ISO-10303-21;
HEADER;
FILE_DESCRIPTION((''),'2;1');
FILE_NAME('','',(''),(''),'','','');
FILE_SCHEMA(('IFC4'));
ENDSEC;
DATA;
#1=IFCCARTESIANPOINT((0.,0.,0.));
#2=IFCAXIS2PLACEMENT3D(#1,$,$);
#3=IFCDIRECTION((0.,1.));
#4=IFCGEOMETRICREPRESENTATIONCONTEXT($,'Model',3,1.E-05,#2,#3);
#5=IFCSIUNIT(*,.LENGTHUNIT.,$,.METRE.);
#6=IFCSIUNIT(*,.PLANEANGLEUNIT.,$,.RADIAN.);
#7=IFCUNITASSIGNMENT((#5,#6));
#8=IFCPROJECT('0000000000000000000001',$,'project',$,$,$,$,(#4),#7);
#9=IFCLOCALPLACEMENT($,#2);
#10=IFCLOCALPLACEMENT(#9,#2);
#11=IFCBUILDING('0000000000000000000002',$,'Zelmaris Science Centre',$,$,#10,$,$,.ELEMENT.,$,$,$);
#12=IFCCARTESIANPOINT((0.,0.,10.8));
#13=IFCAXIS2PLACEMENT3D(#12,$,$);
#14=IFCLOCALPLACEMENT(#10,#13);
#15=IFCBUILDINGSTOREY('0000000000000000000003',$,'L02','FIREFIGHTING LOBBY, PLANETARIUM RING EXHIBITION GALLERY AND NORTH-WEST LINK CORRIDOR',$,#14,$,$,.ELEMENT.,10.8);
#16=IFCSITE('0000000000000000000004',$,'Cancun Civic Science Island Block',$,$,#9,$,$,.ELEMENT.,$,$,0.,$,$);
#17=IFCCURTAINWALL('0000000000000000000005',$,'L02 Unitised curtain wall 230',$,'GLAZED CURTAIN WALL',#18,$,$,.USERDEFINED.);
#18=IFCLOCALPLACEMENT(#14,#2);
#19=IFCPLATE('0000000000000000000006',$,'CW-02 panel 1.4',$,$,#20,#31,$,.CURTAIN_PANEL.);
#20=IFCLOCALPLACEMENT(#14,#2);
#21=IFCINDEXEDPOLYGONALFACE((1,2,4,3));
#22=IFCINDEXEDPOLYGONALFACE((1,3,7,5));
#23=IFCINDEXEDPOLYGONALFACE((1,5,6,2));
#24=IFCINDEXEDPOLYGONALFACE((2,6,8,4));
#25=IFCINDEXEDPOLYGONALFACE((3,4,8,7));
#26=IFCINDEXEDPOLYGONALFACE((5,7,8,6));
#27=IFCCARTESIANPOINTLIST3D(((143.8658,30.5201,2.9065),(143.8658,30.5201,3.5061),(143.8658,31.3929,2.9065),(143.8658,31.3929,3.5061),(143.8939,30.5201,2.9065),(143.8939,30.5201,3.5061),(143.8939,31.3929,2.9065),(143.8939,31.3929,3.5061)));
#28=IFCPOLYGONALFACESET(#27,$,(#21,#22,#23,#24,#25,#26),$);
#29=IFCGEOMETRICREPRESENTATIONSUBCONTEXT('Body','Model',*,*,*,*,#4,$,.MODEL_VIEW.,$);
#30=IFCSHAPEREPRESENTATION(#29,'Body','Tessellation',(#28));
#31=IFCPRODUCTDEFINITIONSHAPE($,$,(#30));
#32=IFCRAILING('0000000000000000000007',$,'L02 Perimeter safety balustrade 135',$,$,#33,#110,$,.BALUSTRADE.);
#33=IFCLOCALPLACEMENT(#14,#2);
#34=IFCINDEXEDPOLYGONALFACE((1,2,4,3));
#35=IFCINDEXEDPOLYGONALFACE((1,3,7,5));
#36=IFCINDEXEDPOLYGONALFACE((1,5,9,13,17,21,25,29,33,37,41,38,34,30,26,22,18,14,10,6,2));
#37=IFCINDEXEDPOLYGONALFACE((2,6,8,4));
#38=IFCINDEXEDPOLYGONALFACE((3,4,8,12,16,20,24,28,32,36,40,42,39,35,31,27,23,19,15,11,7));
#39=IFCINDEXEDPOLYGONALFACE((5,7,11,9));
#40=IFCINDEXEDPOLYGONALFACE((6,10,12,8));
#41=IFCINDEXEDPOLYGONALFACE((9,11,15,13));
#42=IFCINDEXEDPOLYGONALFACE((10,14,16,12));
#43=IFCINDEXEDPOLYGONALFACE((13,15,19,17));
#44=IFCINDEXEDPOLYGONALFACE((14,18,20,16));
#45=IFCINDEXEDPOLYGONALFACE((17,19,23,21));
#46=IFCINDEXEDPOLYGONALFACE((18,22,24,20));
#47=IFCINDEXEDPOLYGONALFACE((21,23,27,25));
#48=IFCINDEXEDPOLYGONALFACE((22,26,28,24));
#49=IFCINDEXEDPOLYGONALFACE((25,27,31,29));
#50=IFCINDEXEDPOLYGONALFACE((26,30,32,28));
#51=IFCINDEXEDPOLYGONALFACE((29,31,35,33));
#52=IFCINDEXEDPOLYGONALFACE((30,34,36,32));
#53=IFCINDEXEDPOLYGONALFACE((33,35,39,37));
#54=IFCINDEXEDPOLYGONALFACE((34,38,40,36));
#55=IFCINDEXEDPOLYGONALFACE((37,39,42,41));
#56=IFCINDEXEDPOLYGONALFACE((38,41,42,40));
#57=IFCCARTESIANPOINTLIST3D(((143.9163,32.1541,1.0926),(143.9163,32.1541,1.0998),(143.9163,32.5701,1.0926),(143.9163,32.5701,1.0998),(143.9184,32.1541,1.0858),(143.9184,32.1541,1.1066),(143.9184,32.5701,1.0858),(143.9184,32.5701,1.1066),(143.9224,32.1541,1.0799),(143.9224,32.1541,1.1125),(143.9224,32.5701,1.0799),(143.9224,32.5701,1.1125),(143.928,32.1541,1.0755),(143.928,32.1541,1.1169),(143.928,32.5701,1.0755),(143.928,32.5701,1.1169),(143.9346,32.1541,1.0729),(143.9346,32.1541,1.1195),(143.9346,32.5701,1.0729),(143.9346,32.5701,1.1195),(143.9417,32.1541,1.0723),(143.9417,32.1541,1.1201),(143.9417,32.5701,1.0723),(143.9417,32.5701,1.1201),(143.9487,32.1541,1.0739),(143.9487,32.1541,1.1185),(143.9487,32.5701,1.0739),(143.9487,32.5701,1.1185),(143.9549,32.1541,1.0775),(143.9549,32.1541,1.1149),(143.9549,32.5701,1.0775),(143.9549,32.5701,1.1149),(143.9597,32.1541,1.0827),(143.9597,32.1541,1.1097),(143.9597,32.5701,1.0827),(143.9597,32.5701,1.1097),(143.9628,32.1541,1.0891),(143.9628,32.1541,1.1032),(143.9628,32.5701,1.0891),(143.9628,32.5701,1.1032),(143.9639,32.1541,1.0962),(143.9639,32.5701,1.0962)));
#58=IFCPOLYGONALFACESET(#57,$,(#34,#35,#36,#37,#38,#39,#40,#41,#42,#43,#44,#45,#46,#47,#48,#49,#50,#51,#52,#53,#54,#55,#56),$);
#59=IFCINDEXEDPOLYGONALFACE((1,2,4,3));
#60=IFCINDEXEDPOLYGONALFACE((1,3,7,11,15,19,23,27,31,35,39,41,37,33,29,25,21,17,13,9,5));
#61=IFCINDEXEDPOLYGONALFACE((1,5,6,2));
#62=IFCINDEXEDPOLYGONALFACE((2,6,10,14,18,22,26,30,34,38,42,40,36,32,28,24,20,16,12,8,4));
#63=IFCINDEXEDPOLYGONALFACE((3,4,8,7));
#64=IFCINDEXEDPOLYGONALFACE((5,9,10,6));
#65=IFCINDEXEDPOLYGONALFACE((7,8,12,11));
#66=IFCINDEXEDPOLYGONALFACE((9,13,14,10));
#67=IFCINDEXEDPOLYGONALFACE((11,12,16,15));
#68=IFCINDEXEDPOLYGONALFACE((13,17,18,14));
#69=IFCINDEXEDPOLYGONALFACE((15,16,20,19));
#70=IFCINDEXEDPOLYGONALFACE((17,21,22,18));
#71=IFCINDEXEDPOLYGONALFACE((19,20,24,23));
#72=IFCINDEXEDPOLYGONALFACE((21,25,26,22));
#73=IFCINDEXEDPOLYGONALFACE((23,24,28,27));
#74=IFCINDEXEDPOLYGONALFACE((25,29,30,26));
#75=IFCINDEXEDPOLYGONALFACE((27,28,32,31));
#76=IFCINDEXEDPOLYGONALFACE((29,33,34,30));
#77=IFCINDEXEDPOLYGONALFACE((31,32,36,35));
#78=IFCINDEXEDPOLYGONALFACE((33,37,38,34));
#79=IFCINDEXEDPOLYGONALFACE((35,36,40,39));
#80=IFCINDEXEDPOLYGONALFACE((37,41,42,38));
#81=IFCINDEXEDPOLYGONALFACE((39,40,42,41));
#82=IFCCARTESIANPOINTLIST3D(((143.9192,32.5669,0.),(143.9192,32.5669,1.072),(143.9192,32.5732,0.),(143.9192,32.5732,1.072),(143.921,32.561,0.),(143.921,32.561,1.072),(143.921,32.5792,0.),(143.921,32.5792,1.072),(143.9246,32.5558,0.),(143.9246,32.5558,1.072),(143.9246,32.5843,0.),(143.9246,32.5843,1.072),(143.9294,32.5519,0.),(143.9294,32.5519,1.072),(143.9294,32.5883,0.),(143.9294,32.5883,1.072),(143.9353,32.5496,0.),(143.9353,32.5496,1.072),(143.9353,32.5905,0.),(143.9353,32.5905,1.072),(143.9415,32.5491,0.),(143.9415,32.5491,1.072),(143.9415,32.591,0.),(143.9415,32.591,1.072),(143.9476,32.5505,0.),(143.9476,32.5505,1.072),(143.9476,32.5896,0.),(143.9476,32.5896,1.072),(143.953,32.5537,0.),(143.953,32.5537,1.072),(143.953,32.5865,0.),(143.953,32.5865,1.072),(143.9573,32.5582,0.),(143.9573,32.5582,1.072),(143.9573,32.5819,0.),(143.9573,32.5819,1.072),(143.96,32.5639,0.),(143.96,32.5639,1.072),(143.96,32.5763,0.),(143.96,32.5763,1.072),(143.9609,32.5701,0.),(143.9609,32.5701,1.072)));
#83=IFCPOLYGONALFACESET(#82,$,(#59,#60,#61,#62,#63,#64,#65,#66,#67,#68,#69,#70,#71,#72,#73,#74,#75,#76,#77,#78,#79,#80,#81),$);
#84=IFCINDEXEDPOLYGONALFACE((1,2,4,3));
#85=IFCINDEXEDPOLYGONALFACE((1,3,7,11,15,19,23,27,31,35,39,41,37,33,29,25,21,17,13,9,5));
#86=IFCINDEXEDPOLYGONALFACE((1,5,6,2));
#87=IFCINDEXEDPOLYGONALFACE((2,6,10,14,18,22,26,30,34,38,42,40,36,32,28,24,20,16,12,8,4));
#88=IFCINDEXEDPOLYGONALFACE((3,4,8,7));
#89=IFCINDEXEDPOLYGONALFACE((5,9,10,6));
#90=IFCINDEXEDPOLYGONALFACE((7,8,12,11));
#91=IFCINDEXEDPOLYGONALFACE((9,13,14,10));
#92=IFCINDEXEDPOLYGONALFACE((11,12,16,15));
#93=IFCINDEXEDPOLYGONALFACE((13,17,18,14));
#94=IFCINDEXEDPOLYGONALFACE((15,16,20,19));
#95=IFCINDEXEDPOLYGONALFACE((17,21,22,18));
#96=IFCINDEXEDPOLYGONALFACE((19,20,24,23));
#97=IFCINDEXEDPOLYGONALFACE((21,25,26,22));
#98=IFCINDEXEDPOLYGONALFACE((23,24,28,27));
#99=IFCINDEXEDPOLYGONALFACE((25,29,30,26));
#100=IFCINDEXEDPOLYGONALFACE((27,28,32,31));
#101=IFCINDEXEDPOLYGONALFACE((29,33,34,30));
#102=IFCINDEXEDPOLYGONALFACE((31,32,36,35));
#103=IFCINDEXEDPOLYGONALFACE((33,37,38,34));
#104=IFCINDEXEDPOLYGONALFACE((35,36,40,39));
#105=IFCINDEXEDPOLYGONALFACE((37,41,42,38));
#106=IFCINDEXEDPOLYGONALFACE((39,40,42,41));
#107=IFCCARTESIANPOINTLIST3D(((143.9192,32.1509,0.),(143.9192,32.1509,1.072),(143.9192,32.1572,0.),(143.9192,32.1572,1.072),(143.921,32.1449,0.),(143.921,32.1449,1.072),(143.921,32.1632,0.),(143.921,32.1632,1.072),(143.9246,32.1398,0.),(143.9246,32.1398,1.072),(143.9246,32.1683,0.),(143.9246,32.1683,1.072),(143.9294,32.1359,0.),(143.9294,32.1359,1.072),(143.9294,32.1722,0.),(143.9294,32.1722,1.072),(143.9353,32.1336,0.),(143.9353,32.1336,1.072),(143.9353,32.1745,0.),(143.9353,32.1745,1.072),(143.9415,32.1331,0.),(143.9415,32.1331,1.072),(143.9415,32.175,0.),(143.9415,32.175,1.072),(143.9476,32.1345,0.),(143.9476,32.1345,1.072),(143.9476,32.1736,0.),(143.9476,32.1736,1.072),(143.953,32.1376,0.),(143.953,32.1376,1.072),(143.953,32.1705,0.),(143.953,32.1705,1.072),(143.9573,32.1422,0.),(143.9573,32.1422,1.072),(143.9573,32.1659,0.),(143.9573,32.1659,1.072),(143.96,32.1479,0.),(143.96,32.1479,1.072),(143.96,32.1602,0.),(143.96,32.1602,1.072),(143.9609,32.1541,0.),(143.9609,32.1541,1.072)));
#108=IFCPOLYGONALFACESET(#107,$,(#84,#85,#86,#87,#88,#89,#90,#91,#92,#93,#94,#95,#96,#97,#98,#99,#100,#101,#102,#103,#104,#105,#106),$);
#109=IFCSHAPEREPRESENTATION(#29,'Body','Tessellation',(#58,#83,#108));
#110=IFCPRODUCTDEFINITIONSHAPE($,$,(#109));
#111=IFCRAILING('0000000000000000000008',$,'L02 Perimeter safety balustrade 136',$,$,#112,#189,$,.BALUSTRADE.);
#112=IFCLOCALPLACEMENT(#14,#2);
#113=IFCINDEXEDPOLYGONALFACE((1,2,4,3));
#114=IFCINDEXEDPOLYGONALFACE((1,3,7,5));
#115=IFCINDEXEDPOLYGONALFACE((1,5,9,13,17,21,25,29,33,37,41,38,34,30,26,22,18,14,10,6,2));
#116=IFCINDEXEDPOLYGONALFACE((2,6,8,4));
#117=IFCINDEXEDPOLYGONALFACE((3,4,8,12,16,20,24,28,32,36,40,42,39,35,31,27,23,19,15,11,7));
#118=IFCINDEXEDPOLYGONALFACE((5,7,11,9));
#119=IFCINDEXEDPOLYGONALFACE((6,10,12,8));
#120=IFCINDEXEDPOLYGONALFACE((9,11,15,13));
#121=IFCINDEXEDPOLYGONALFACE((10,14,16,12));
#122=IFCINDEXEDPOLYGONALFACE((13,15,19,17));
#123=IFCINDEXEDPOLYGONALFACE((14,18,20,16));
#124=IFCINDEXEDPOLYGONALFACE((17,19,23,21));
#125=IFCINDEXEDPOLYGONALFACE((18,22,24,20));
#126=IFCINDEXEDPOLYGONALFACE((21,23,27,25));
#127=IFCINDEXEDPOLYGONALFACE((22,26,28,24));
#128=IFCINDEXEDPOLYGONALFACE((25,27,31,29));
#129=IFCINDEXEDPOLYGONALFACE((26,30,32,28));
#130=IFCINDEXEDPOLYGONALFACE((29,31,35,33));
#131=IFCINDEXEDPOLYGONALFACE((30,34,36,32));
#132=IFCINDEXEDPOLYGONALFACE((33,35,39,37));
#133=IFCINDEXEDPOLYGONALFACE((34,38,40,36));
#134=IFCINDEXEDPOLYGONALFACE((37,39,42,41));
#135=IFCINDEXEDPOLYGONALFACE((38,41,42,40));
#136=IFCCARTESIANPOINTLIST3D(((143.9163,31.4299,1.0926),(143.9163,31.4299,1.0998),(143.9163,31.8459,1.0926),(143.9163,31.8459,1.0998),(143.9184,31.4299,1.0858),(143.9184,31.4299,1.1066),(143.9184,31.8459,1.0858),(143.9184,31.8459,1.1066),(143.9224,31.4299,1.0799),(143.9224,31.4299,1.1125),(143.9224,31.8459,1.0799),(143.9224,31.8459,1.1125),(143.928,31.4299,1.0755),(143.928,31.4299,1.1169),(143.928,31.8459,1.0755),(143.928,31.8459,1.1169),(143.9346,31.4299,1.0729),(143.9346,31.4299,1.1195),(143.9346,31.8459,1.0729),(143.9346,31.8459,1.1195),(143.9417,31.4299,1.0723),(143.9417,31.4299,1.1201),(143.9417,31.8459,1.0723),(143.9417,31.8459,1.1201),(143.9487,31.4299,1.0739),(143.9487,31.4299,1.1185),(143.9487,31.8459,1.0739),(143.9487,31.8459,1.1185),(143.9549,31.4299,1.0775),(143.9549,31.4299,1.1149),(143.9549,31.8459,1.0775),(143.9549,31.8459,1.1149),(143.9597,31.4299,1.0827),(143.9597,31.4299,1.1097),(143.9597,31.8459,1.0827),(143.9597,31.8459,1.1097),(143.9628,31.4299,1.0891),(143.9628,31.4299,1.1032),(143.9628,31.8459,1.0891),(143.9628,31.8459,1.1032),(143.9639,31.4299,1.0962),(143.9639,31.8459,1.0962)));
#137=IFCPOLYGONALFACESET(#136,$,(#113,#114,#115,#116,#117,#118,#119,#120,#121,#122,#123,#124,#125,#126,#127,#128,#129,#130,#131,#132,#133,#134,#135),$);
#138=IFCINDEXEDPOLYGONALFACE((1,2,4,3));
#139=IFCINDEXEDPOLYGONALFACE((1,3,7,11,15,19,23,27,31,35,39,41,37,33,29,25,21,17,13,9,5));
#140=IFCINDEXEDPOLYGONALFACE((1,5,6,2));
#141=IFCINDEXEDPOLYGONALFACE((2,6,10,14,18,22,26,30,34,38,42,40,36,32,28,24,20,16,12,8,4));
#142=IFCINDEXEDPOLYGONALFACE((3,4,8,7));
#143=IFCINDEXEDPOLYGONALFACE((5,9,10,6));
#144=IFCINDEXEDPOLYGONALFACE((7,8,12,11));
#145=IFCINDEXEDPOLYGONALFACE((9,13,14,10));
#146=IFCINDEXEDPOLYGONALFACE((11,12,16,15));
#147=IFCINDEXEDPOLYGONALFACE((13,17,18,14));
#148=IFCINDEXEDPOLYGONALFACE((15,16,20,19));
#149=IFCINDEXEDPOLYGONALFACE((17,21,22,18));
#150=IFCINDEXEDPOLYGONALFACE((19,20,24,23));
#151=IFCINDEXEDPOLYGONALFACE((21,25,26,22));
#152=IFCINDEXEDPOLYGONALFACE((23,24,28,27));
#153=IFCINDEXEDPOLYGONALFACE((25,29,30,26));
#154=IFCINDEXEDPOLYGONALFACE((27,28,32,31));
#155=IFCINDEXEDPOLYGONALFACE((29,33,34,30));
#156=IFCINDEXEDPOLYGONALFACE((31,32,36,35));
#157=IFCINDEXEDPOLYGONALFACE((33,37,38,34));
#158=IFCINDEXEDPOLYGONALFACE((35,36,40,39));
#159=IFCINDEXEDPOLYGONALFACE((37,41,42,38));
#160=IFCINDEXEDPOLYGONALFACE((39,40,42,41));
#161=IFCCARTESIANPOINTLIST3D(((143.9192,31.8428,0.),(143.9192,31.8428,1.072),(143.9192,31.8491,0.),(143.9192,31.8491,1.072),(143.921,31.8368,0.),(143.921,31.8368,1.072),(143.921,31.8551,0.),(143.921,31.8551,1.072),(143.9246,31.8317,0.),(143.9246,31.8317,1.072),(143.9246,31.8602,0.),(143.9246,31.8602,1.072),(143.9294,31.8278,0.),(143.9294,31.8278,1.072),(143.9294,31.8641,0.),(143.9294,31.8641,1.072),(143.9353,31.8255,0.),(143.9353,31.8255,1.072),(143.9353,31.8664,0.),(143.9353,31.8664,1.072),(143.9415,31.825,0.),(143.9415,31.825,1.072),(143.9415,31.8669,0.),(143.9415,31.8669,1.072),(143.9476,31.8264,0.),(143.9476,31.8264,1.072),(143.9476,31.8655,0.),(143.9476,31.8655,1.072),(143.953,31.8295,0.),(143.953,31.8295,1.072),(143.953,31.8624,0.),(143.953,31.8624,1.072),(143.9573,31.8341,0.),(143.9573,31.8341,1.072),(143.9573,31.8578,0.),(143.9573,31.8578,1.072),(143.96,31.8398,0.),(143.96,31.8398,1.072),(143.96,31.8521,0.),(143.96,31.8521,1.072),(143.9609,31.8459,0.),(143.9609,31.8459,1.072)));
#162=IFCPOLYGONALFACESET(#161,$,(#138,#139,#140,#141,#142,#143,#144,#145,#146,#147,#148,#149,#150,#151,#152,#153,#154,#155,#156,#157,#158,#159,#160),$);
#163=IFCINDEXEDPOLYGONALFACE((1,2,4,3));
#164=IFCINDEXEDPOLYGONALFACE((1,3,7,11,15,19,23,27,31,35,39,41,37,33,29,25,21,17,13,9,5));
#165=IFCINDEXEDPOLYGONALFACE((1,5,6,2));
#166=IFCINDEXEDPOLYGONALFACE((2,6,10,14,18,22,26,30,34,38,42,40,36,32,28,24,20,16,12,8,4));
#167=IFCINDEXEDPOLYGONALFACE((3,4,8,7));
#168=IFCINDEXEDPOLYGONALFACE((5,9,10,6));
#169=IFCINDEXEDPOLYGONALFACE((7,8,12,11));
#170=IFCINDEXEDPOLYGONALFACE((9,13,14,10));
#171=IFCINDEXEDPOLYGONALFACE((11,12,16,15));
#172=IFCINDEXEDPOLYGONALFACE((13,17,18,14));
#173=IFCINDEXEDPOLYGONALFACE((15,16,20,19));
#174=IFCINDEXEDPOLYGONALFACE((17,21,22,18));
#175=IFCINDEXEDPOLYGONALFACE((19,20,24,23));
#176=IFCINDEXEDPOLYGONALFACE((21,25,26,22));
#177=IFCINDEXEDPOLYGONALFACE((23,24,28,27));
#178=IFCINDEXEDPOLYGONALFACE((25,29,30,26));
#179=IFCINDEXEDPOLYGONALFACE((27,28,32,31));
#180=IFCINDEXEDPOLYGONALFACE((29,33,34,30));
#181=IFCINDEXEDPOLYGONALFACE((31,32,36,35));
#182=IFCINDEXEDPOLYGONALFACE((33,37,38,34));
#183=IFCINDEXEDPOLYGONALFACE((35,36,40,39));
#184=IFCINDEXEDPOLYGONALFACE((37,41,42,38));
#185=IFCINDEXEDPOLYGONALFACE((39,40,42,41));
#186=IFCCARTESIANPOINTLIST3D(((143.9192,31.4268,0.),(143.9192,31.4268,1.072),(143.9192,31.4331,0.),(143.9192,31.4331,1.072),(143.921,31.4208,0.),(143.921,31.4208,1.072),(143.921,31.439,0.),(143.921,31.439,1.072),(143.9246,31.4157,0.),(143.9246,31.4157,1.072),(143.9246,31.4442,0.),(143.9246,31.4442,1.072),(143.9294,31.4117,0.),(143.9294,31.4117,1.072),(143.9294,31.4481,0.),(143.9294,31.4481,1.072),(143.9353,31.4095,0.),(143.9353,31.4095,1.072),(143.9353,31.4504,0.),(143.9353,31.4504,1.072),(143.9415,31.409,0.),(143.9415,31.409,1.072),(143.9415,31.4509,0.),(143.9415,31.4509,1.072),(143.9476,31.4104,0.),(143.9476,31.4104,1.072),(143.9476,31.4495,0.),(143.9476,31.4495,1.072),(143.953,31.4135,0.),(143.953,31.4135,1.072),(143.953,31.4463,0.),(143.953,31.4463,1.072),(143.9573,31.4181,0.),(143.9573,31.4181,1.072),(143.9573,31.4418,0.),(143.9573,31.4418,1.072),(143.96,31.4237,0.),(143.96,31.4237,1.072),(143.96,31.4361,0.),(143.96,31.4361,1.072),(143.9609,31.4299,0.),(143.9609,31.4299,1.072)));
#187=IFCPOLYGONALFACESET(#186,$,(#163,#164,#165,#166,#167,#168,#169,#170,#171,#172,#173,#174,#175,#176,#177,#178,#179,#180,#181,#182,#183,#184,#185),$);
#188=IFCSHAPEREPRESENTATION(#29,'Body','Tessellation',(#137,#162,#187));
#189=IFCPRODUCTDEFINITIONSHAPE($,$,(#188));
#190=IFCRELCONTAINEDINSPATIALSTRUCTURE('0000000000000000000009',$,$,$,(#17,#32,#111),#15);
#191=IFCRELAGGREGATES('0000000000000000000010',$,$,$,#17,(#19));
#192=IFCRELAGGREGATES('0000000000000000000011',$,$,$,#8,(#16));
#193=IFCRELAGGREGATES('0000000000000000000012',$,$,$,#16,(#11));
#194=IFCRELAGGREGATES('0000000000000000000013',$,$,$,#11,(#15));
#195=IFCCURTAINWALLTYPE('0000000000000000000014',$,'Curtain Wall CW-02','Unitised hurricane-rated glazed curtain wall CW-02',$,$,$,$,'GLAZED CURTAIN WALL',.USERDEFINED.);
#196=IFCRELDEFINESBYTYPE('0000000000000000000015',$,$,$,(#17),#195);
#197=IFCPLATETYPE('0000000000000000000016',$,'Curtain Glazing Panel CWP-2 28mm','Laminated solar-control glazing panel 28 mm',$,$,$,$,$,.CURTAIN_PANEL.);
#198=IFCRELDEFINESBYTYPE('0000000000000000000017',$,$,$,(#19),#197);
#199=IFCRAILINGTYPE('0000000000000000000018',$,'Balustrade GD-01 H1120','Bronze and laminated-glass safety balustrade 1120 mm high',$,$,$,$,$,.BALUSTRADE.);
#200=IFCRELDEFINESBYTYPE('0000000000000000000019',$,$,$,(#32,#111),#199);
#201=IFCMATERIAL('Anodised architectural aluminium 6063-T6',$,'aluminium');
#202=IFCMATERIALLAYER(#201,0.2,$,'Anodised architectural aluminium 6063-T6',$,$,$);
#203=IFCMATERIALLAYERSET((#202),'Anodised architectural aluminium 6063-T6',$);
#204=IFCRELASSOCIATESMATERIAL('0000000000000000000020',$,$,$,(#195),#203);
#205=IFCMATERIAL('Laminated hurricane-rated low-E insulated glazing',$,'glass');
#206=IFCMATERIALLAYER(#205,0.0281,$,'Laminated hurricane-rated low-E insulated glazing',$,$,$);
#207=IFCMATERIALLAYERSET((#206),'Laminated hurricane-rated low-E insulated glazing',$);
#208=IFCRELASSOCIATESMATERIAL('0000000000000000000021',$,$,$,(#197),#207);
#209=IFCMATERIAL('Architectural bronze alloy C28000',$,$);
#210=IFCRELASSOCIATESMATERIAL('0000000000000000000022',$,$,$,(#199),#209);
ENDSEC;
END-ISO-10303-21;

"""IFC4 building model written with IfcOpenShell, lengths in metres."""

from ifc_helpers import new_model, si_unit, direction, frame, origin, origin_2d, place, context, subcontext, project, spatial, rectangle, circle, extrude, material, layer, layer_set, type_object, element, aggregate, save


model = new_model("IFC4")

# Units and contexts
model_context = context("Model", 3, precision=1e-05, world=origin(), true_north=direction((0.0, 1.0)))
body_context = subcontext(model_context, "Body", "Model", "MODEL_VIEW")
ifc_project = project(units=[si_unit("LENGTHUNIT", "METRE"), si_unit("PLANEANGLEUNIT", "RADIAN")], contexts=[model_context])

# Site, building, storey
site_placement = place(None, origin())
site = spatial("IfcSite", under=ifc_project, at=site_placement, Name="Cancun Civic Science Island Block", CompositionType="ELEMENT", RefElevation=0.0)
building_placement = place(site_placement, origin())
building = spatial("IfcBuilding", under=site, at=building_placement, Name="Zelmaris Science Centre", CompositionType="ELEMENT")
storey_placement = place(building_placement, frame((0.0, 0.0, 10.8)))
storey = spatial("IfcBuildingStorey", under=building, at=storey_placement, Name="L02", Description="FIREFIGHTING LOBBY, PLANETARIUM RING EXHIBITION GALLERY AND NORTH-WEST LINK CORRIDOR", CompositionType="ELEMENT", Elevation=10.8)

# Curtain wall
ifc_material_1 = material(Name="Anodised architectural aluminium 6063-T6", Category="aluminium")
ifc_layer_1 = layer(ifc_material_1, 0.2, Name="Anodised architectural aluminium 6063-T6")
ifc_layer_set_1 = layer_set([ifc_layer_1], Name="Anodised architectural aluminium 6063-T6")
curtain_wall_type_1 = type_object("IfcCurtainWallType", Name="Curtain Wall CW-02", Description="Unitised hurricane-rated glazed curtain wall CW-02", ElementType="GLAZED CURTAIN WALL", PredefinedType="USERDEFINED", material=ifc_layer_set_1)
curtain_wall_1_placement = place(storey_placement, origin())
curtain_wall_1 = element("IfcCurtainWall", 1, at=curtain_wall_1_placement, inside=storey, type_object=curtain_wall_type_1, Name="L02 Unitised curtain wall 230", ObjectType="GLAZED CURTAIN WALL", PredefinedType="USERDEFINED")

# Plate
ifc_material_2 = material(Name="Laminated hurricane-rated low-E insulated glazing", Category="glass")
ifc_layer_2 = layer(ifc_material_2, 0.0281, Name="Laminated hurricane-rated low-E insulated glazing")
ifc_layer_set_2 = layer_set([ifc_layer_2], Name="Laminated hurricane-rated low-E insulated glazing")
plate_type_1 = type_object("IfcPlateType", Name="Curtain Glazing Panel CWP-2 28mm", Description="Laminated solar-control glazing panel 28 mm", PredefinedType="CURTAIN_PANEL", material=ifc_layer_set_2)
plate_1_placement = place(storey_placement, frame((143.8799, 30.9565, 2.9065), z_axis=(0.0, 0.0, 1.0), x_axis=(0.0, -1.0, 0.0)))
plate_1 = element("IfcPlate", 2, at=plate_1_placement, type_object=plate_type_1, Name="CW-02 panel 1.4", PredefinedType="CURTAIN_PANEL", context=body_context, shape_type="SweptSolid", body=[
    extrude(rectangle(XDim=0.8728, YDim=0.0281, at=origin_2d()), origin(), (0.0, 0.0, 1.0), 0.5996),
])
aggregate(curtain_wall_1, [plate_1])

# Railings
ifc_material_3 = material(Name="Architectural bronze alloy C28000")
railing_type = type_object("IfcRailingType", Name="Balustrade GD-01 H1120", Description="Bronze and laminated-glass safety balustrade 1120 mm high", PredefinedType="BALUSTRADE", material=ifc_material_3)
for number, where, name in (
    (3, (143.9399, 32.5701, 0.0), "L02 Perimeter safety balustrade 135"),
    (4, (143.9399, 31.8459, 0.0), "L02 Perimeter safety balustrade 136"),
):
    element("IfcRailing", number, at=place(storey_placement, frame(where)), inside=storey, type_object=railing_type, Name=name, PredefinedType="BALUSTRADE", context=body_context, shape_type="SweptSolid", body=[
        extrude(circle(Radius=0.0239, at=origin_2d()), frame((0.0, 0.0, 1.0962), z_axis=(0.0, -1.0, 0.0), x_axis=(1.0, 0.0, 0.0)), (0.0, 0.0, 1.0), 0.416),
        extrude(circle(Radius=0.021, at=origin_2d()), origin(), (0.0, 0.0, 1.0), 1.072),
        extrude(circle(Radius=0.021, at=origin_2d()), frame((0.0, -0.416, 0.0)), (0.0, 0.0, 1.0), 1.072),
    ])

save(model, "model.ifc")
